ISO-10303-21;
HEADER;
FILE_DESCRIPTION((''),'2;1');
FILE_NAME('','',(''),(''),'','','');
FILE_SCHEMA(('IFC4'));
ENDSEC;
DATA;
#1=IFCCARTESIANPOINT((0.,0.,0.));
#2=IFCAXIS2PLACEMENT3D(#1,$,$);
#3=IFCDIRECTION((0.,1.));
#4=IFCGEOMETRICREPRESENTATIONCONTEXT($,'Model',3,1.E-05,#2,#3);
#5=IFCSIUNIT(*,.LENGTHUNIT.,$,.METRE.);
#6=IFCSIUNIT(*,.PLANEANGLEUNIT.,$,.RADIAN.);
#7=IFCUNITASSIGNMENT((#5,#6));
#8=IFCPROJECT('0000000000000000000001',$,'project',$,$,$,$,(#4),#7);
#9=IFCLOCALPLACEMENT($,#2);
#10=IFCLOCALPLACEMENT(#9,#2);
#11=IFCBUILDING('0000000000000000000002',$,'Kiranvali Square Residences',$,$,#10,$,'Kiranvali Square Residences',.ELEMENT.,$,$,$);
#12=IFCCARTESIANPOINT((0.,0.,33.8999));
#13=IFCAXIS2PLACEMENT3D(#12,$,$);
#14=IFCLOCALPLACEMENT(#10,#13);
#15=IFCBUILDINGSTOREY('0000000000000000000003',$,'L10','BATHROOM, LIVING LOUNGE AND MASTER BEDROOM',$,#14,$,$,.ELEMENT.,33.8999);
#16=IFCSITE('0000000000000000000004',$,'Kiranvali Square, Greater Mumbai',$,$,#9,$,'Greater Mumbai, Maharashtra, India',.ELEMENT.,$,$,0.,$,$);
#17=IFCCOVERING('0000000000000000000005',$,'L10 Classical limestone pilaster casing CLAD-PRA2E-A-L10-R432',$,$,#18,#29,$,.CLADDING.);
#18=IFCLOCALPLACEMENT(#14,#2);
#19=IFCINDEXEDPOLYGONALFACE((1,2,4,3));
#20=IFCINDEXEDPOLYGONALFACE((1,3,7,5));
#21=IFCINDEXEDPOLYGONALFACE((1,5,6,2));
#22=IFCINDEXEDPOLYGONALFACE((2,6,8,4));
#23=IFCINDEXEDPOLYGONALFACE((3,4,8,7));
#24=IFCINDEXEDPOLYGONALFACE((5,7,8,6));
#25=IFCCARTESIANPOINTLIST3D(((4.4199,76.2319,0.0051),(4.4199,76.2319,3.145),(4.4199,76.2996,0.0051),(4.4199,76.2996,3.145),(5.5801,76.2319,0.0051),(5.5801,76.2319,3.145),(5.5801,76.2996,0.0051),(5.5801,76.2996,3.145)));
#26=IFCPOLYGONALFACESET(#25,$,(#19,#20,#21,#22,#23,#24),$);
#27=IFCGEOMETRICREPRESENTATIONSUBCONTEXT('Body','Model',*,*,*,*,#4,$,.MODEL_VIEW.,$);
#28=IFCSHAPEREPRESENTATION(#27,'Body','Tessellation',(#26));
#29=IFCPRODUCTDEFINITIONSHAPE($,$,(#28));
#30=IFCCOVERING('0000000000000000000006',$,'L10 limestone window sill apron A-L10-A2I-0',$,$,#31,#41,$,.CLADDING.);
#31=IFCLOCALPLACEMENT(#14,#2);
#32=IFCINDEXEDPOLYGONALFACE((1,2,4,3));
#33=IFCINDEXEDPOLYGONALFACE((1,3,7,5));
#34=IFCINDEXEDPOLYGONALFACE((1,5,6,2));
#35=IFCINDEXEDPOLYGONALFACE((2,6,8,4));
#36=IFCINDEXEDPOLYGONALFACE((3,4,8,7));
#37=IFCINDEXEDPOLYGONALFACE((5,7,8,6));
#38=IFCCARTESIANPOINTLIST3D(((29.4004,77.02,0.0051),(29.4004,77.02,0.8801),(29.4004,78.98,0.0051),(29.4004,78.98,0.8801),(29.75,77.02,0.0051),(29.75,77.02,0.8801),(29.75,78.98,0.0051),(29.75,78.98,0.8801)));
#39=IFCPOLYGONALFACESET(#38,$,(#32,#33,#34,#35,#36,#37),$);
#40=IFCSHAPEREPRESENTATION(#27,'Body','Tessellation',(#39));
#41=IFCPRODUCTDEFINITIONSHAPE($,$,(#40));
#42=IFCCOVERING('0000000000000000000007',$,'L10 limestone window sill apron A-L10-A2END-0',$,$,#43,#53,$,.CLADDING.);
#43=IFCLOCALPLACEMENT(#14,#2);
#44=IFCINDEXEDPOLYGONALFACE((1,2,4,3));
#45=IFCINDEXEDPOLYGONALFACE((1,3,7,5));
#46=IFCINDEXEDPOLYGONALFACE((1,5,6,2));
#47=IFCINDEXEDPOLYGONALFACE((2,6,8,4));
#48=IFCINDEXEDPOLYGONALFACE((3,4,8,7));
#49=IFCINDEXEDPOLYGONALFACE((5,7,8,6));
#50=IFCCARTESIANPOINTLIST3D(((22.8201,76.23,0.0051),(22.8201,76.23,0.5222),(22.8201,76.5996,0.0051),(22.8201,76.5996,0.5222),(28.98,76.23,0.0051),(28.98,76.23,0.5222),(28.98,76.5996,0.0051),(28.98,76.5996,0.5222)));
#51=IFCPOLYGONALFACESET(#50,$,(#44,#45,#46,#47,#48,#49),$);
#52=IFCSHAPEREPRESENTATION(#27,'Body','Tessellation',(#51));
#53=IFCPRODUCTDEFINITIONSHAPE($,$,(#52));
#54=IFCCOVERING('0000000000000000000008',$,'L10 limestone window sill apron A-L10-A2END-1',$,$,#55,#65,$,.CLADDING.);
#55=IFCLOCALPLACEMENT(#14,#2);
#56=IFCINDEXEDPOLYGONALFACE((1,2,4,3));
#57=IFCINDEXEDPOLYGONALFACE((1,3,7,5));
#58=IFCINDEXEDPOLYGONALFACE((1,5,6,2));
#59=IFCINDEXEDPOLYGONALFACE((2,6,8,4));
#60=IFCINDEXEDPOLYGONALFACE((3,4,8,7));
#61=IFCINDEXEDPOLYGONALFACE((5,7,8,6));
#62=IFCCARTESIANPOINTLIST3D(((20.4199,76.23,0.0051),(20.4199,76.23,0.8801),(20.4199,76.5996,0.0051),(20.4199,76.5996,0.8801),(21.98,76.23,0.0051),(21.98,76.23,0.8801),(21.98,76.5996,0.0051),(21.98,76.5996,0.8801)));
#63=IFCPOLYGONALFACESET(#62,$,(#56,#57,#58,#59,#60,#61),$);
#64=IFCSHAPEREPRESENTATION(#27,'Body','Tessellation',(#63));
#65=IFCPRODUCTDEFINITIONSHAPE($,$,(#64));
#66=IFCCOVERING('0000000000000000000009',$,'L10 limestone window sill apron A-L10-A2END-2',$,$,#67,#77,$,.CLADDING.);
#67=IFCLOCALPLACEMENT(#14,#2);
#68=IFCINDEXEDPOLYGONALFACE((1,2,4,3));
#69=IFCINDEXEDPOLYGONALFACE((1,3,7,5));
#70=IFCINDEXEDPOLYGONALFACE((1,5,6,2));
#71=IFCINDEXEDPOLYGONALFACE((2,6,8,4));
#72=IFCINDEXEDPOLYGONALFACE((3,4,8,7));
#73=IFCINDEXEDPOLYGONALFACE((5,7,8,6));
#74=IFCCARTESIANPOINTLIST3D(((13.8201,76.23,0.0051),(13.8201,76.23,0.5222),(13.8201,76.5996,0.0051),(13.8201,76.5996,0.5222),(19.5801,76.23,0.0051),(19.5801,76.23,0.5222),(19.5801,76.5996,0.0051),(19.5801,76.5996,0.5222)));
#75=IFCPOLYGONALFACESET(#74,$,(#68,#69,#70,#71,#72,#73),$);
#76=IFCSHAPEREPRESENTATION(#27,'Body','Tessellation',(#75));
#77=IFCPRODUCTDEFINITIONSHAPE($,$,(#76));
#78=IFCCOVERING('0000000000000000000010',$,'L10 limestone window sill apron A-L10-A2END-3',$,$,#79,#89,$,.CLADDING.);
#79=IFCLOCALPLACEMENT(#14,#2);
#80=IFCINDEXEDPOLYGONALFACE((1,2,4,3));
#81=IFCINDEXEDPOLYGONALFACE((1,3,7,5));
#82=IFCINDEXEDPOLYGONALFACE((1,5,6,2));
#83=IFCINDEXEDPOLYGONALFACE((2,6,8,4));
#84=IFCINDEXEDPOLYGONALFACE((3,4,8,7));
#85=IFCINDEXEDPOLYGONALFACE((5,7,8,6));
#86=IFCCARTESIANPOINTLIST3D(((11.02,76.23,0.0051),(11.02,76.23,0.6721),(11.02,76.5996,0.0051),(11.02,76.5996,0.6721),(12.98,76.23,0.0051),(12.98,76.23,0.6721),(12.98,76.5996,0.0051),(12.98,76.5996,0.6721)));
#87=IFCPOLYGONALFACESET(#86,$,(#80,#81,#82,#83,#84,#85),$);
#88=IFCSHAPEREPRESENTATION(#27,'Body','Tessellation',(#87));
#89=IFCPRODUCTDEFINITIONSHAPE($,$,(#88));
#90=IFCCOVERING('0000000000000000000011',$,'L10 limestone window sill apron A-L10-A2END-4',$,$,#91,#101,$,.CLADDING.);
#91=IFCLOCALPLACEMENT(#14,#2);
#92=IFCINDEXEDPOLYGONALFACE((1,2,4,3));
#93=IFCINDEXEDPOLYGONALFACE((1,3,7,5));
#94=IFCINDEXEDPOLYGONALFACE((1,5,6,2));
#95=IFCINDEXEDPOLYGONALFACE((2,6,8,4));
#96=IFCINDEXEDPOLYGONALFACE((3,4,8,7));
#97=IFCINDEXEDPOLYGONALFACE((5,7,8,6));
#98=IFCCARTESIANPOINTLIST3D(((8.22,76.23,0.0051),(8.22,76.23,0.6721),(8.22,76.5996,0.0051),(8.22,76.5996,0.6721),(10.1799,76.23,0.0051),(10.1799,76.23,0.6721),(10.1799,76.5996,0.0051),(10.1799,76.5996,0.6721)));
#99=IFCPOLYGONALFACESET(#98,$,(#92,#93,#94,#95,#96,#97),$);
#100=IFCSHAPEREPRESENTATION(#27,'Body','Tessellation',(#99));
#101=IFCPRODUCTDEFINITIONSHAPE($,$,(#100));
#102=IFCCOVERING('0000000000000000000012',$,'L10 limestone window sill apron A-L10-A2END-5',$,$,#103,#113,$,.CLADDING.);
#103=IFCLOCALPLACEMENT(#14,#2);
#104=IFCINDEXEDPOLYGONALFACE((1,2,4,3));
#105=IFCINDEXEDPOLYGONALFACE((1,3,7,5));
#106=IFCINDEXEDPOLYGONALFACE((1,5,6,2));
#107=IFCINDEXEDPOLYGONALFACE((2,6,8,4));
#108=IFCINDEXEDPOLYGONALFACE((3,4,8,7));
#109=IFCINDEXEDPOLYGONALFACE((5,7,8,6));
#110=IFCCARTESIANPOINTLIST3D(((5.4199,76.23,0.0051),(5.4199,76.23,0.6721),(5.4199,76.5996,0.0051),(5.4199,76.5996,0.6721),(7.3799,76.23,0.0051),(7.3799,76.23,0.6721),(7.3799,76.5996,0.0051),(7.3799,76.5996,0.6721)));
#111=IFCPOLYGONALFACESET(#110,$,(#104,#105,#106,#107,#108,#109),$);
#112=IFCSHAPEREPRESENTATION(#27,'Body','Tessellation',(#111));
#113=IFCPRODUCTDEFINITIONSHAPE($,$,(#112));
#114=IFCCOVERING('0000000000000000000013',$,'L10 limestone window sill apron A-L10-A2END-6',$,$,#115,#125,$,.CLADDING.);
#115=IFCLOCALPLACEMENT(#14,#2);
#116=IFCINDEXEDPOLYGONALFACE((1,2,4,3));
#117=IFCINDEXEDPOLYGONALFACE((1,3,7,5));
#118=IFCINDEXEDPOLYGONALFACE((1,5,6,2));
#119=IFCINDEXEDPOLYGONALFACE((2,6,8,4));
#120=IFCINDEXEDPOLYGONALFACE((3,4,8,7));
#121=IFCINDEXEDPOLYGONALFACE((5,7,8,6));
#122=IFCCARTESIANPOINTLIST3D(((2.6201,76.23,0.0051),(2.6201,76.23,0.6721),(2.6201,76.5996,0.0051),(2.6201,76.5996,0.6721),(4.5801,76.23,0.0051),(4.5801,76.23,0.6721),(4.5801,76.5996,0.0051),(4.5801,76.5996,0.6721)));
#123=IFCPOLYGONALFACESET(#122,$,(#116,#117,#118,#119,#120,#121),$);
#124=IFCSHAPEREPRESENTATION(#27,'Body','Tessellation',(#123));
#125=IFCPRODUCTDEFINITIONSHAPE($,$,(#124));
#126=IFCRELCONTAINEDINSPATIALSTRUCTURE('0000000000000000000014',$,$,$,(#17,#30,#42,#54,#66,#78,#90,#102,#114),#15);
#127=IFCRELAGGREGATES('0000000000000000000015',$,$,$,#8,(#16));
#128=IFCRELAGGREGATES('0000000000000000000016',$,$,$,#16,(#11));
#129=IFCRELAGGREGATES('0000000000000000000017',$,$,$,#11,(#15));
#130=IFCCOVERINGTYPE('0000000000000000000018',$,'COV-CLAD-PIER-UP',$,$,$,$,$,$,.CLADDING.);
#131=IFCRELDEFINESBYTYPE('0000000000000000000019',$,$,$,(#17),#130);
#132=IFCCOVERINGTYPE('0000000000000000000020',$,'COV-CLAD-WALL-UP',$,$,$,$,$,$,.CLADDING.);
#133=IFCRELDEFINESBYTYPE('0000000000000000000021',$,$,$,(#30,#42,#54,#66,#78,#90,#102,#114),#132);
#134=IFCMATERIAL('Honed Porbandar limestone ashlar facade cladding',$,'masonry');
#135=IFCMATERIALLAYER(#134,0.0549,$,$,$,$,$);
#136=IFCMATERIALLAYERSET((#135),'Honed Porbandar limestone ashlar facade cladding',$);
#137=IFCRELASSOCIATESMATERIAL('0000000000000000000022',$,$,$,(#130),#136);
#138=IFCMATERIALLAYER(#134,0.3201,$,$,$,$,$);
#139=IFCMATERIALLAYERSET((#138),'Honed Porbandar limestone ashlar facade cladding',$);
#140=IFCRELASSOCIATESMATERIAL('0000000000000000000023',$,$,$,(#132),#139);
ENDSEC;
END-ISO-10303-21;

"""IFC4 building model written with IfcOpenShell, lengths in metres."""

from ifc_helpers import new_model, si_unit, direction, frame, origin, place, context, subcontext, project, spatial, polyline, outline, extrude, material, layer, layer_set, type_object, element, save


model = new_model("IFC4")

# Units and contexts
model_context = context("Model", 3, precision=1e-05, world=origin(), true_north=direction((0.0, 1.0)))
body_context = subcontext(model_context, "Body", "Model", "MODEL_VIEW")
ifc_project = project(units=[si_unit("LENGTHUNIT", "METRE"), si_unit("PLANEANGLEUNIT", "RADIAN")], contexts=[model_context])

# Site, building, storey
site_placement = place(None, origin())
site = spatial("IfcSite", under=ifc_project, at=site_placement, Name="Kiranvali Square, Greater Mumbai", LongName="Greater Mumbai, Maharashtra, India", CompositionType="ELEMENT", RefElevation=0.0)
building_placement = place(site_placement, origin())
building = spatial("IfcBuilding", under=site, at=building_placement, Name="Kiranvali Square Residences", LongName="Kiranvali Square Residences", CompositionType="ELEMENT")
storey_placement = place(building_placement, frame((0.0, 0.0, 33.8999)))
storey = spatial("IfcBuildingStorey", under=building, at=storey_placement, Name="L10", Description="BATHROOM, LIVING LOUNGE AND MASTER BEDROOM", CompositionType="ELEMENT", Elevation=33.8999)

# Coverings
ifc_material = material(Name="Honed Porbandar limestone ashlar facade cladding", Category="masonry")
ifc_layer_1 = layer(ifc_material, 0.0549)
ifc_layer_set_1 = layer_set([ifc_layer_1], Name="Honed Porbandar limestone ashlar facade cladding")
covering_type_1 = type_object("IfcCoveringType", Name="COV-CLAD-PIER-UP", PredefinedType="CLADDING", material=ifc_layer_set_1)
covering_1_placement = place(storey_placement, frame((0.0, 0.0, 0.0051)))
element("IfcCovering", 1, at=covering_1_placement, inside=storey, type_object=covering_type_1, Name="L10 Classical limestone pilaster casing CLAD-PRA2E-A-L10-R432", PredefinedType="CLADDING", context=body_context, shape_type="SweptSolid", body=[
    extrude(outline(polyline([(5.5801, 76.2996), (4.4199, 76.2996), (4.4199, 76.2319), (5.5801, 76.2319), (5.5801, 76.2996)])), origin(), (0.0, 0.0, 1.0), 3.1399),
])
ifc_layer_2 = layer(ifc_material, 0.3201)
ifc_layer_set_2 = layer_set([ifc_layer_2], Name="Honed Porbandar limestone ashlar facade cladding")
covering_type_2 = type_object("IfcCoveringType", Name="COV-CLAD-WALL-UP", PredefinedType="CLADDING", material=ifc_layer_set_2)
covering_2_placement = place(storey_placement, frame((0.0, 0.0, 0.0051)))
element("IfcCovering", 2, at=covering_2_placement, inside=storey, type_object=covering_type_2, Name="L10 limestone window sill apron A-L10-A2I-0", PredefinedType="CLADDING", context=body_context, shape_type="SweptSolid", body=[
    extrude(outline(polyline([(29.4004, 78.98), (29.4004, 77.02), (29.75, 77.02), (29.75, 78.98), (29.4004, 78.98)])), origin(), (0.0, 0.0, 1.0), 0.875),
])
covering_3_placement = place(storey_placement, frame((0.0, 0.0, 0.0051)))
element("IfcCovering", 3, at=covering_3_placement, inside=storey, type_object=covering_type_2, Name="L10 limestone window sill apron A-L10-A2END-0", PredefinedType="CLADDING", context=body_context, shape_type="SweptSolid", body=[
    extrude(outline(polyline([(28.98, 76.5996), (22.8201, 76.5996), (22.8201, 76.23), (28.98, 76.23), (28.98, 76.5996)])), origin(), (0.0, 0.0, 1.0), 0.5171),
])
covering_4_placement = place(storey_placement, frame((0.0, 0.0, 0.0051)))
element("IfcCovering", 4, at=covering_4_placement, inside=storey, type_object=covering_type_2, Name="L10 limestone window sill apron A-L10-A2END-1", PredefinedType="CLADDING", context=body_context, shape_type="SweptSolid", body=[
    extrude(outline(polyline([(21.98, 76.5996), (20.4199, 76.5996), (20.4199, 76.23), (21.98, 76.23), (21.98, 76.5996)])), origin(), (0.0, 0.0, 1.0), 0.875),
])
covering_5_placement = place(storey_placement, frame((0.0, 0.0, 0.0051)))
element("IfcCovering", 5, at=covering_5_placement, inside=storey, type_object=covering_type_2, Name="L10 limestone window sill apron A-L10-A2END-2", PredefinedType="CLADDING", context=body_context, shape_type="SweptSolid", body=[
    extrude(outline(polyline([(19.5801, 76.5996), (13.8201, 76.5996), (13.8201, 76.23), (19.5801, 76.23), (19.5801, 76.5996)])), origin(), (0.0, 0.0, 1.0), 0.5171),
])
covering_6_placement = place(storey_placement, frame((0.0, 0.0, 0.0051)))
element("IfcCovering", 6, at=covering_6_placement, inside=storey, type_object=covering_type_2, Name="L10 limestone window sill apron A-L10-A2END-3", PredefinedType="CLADDING", context=body_context, shape_type="SweptSolid", body=[
    extrude(outline(polyline([(12.98, 76.5996), (11.02, 76.5996), (11.02, 76.23), (12.98, 76.23), (12.98, 76.5996)])), origin(), (0.0, 0.0, 1.0), 0.667),
])
covering_7_placement = place(storey_placement, frame((0.0, 0.0, 0.0051)))
element("IfcCovering", 7, at=covering_7_placement, inside=storey, type_object=covering_type_2, Name="L10 limestone window sill apron A-L10-A2END-4", PredefinedType="CLADDING", context=body_context, shape_type="SweptSolid", body=[
    extrude(outline(polyline([(10.1799, 76.5996), (8.22, 76.5996), (8.22, 76.23), (10.1799, 76.23), (10.1799, 76.5996)])), origin(), (0.0, 0.0, 1.0), 0.667),
])
covering_8_placement = place(storey_placement, frame((0.0, 0.0, 0.0051)))
element("IfcCovering", 8, at=covering_8_placement, inside=storey, type_object=covering_type_2, Name="L10 limestone window sill apron A-L10-A2END-5", PredefinedType="CLADDING", context=body_context, shape_type="SweptSolid", body=[
    extrude(outline(polyline([(7.3799, 76.5996), (5.4199, 76.5996), (5.4199, 76.23), (7.3799, 76.23), (7.3799, 76.5996)])), origin(), (0.0, 0.0, 1.0), 0.667),
])
covering_9_placement = place(storey_placement, frame((0.0, 0.0, 0.0051)))
element("IfcCovering", 9, at=covering_9_placement, inside=storey, type_object=covering_type_2, Name="L10 limestone window sill apron A-L10-A2END-6", PredefinedType="CLADDING", context=body_context, shape_type="SweptSolid", body=[
    extrude(outline(polyline([(4.5801, 76.5996), (2.6201, 76.5996), (2.6201, 76.23), (4.5801, 76.23), (4.5801, 76.5996)])), origin(), (0.0, 0.0, 1.0), 0.667),
])

save(model, "model.ifc")
